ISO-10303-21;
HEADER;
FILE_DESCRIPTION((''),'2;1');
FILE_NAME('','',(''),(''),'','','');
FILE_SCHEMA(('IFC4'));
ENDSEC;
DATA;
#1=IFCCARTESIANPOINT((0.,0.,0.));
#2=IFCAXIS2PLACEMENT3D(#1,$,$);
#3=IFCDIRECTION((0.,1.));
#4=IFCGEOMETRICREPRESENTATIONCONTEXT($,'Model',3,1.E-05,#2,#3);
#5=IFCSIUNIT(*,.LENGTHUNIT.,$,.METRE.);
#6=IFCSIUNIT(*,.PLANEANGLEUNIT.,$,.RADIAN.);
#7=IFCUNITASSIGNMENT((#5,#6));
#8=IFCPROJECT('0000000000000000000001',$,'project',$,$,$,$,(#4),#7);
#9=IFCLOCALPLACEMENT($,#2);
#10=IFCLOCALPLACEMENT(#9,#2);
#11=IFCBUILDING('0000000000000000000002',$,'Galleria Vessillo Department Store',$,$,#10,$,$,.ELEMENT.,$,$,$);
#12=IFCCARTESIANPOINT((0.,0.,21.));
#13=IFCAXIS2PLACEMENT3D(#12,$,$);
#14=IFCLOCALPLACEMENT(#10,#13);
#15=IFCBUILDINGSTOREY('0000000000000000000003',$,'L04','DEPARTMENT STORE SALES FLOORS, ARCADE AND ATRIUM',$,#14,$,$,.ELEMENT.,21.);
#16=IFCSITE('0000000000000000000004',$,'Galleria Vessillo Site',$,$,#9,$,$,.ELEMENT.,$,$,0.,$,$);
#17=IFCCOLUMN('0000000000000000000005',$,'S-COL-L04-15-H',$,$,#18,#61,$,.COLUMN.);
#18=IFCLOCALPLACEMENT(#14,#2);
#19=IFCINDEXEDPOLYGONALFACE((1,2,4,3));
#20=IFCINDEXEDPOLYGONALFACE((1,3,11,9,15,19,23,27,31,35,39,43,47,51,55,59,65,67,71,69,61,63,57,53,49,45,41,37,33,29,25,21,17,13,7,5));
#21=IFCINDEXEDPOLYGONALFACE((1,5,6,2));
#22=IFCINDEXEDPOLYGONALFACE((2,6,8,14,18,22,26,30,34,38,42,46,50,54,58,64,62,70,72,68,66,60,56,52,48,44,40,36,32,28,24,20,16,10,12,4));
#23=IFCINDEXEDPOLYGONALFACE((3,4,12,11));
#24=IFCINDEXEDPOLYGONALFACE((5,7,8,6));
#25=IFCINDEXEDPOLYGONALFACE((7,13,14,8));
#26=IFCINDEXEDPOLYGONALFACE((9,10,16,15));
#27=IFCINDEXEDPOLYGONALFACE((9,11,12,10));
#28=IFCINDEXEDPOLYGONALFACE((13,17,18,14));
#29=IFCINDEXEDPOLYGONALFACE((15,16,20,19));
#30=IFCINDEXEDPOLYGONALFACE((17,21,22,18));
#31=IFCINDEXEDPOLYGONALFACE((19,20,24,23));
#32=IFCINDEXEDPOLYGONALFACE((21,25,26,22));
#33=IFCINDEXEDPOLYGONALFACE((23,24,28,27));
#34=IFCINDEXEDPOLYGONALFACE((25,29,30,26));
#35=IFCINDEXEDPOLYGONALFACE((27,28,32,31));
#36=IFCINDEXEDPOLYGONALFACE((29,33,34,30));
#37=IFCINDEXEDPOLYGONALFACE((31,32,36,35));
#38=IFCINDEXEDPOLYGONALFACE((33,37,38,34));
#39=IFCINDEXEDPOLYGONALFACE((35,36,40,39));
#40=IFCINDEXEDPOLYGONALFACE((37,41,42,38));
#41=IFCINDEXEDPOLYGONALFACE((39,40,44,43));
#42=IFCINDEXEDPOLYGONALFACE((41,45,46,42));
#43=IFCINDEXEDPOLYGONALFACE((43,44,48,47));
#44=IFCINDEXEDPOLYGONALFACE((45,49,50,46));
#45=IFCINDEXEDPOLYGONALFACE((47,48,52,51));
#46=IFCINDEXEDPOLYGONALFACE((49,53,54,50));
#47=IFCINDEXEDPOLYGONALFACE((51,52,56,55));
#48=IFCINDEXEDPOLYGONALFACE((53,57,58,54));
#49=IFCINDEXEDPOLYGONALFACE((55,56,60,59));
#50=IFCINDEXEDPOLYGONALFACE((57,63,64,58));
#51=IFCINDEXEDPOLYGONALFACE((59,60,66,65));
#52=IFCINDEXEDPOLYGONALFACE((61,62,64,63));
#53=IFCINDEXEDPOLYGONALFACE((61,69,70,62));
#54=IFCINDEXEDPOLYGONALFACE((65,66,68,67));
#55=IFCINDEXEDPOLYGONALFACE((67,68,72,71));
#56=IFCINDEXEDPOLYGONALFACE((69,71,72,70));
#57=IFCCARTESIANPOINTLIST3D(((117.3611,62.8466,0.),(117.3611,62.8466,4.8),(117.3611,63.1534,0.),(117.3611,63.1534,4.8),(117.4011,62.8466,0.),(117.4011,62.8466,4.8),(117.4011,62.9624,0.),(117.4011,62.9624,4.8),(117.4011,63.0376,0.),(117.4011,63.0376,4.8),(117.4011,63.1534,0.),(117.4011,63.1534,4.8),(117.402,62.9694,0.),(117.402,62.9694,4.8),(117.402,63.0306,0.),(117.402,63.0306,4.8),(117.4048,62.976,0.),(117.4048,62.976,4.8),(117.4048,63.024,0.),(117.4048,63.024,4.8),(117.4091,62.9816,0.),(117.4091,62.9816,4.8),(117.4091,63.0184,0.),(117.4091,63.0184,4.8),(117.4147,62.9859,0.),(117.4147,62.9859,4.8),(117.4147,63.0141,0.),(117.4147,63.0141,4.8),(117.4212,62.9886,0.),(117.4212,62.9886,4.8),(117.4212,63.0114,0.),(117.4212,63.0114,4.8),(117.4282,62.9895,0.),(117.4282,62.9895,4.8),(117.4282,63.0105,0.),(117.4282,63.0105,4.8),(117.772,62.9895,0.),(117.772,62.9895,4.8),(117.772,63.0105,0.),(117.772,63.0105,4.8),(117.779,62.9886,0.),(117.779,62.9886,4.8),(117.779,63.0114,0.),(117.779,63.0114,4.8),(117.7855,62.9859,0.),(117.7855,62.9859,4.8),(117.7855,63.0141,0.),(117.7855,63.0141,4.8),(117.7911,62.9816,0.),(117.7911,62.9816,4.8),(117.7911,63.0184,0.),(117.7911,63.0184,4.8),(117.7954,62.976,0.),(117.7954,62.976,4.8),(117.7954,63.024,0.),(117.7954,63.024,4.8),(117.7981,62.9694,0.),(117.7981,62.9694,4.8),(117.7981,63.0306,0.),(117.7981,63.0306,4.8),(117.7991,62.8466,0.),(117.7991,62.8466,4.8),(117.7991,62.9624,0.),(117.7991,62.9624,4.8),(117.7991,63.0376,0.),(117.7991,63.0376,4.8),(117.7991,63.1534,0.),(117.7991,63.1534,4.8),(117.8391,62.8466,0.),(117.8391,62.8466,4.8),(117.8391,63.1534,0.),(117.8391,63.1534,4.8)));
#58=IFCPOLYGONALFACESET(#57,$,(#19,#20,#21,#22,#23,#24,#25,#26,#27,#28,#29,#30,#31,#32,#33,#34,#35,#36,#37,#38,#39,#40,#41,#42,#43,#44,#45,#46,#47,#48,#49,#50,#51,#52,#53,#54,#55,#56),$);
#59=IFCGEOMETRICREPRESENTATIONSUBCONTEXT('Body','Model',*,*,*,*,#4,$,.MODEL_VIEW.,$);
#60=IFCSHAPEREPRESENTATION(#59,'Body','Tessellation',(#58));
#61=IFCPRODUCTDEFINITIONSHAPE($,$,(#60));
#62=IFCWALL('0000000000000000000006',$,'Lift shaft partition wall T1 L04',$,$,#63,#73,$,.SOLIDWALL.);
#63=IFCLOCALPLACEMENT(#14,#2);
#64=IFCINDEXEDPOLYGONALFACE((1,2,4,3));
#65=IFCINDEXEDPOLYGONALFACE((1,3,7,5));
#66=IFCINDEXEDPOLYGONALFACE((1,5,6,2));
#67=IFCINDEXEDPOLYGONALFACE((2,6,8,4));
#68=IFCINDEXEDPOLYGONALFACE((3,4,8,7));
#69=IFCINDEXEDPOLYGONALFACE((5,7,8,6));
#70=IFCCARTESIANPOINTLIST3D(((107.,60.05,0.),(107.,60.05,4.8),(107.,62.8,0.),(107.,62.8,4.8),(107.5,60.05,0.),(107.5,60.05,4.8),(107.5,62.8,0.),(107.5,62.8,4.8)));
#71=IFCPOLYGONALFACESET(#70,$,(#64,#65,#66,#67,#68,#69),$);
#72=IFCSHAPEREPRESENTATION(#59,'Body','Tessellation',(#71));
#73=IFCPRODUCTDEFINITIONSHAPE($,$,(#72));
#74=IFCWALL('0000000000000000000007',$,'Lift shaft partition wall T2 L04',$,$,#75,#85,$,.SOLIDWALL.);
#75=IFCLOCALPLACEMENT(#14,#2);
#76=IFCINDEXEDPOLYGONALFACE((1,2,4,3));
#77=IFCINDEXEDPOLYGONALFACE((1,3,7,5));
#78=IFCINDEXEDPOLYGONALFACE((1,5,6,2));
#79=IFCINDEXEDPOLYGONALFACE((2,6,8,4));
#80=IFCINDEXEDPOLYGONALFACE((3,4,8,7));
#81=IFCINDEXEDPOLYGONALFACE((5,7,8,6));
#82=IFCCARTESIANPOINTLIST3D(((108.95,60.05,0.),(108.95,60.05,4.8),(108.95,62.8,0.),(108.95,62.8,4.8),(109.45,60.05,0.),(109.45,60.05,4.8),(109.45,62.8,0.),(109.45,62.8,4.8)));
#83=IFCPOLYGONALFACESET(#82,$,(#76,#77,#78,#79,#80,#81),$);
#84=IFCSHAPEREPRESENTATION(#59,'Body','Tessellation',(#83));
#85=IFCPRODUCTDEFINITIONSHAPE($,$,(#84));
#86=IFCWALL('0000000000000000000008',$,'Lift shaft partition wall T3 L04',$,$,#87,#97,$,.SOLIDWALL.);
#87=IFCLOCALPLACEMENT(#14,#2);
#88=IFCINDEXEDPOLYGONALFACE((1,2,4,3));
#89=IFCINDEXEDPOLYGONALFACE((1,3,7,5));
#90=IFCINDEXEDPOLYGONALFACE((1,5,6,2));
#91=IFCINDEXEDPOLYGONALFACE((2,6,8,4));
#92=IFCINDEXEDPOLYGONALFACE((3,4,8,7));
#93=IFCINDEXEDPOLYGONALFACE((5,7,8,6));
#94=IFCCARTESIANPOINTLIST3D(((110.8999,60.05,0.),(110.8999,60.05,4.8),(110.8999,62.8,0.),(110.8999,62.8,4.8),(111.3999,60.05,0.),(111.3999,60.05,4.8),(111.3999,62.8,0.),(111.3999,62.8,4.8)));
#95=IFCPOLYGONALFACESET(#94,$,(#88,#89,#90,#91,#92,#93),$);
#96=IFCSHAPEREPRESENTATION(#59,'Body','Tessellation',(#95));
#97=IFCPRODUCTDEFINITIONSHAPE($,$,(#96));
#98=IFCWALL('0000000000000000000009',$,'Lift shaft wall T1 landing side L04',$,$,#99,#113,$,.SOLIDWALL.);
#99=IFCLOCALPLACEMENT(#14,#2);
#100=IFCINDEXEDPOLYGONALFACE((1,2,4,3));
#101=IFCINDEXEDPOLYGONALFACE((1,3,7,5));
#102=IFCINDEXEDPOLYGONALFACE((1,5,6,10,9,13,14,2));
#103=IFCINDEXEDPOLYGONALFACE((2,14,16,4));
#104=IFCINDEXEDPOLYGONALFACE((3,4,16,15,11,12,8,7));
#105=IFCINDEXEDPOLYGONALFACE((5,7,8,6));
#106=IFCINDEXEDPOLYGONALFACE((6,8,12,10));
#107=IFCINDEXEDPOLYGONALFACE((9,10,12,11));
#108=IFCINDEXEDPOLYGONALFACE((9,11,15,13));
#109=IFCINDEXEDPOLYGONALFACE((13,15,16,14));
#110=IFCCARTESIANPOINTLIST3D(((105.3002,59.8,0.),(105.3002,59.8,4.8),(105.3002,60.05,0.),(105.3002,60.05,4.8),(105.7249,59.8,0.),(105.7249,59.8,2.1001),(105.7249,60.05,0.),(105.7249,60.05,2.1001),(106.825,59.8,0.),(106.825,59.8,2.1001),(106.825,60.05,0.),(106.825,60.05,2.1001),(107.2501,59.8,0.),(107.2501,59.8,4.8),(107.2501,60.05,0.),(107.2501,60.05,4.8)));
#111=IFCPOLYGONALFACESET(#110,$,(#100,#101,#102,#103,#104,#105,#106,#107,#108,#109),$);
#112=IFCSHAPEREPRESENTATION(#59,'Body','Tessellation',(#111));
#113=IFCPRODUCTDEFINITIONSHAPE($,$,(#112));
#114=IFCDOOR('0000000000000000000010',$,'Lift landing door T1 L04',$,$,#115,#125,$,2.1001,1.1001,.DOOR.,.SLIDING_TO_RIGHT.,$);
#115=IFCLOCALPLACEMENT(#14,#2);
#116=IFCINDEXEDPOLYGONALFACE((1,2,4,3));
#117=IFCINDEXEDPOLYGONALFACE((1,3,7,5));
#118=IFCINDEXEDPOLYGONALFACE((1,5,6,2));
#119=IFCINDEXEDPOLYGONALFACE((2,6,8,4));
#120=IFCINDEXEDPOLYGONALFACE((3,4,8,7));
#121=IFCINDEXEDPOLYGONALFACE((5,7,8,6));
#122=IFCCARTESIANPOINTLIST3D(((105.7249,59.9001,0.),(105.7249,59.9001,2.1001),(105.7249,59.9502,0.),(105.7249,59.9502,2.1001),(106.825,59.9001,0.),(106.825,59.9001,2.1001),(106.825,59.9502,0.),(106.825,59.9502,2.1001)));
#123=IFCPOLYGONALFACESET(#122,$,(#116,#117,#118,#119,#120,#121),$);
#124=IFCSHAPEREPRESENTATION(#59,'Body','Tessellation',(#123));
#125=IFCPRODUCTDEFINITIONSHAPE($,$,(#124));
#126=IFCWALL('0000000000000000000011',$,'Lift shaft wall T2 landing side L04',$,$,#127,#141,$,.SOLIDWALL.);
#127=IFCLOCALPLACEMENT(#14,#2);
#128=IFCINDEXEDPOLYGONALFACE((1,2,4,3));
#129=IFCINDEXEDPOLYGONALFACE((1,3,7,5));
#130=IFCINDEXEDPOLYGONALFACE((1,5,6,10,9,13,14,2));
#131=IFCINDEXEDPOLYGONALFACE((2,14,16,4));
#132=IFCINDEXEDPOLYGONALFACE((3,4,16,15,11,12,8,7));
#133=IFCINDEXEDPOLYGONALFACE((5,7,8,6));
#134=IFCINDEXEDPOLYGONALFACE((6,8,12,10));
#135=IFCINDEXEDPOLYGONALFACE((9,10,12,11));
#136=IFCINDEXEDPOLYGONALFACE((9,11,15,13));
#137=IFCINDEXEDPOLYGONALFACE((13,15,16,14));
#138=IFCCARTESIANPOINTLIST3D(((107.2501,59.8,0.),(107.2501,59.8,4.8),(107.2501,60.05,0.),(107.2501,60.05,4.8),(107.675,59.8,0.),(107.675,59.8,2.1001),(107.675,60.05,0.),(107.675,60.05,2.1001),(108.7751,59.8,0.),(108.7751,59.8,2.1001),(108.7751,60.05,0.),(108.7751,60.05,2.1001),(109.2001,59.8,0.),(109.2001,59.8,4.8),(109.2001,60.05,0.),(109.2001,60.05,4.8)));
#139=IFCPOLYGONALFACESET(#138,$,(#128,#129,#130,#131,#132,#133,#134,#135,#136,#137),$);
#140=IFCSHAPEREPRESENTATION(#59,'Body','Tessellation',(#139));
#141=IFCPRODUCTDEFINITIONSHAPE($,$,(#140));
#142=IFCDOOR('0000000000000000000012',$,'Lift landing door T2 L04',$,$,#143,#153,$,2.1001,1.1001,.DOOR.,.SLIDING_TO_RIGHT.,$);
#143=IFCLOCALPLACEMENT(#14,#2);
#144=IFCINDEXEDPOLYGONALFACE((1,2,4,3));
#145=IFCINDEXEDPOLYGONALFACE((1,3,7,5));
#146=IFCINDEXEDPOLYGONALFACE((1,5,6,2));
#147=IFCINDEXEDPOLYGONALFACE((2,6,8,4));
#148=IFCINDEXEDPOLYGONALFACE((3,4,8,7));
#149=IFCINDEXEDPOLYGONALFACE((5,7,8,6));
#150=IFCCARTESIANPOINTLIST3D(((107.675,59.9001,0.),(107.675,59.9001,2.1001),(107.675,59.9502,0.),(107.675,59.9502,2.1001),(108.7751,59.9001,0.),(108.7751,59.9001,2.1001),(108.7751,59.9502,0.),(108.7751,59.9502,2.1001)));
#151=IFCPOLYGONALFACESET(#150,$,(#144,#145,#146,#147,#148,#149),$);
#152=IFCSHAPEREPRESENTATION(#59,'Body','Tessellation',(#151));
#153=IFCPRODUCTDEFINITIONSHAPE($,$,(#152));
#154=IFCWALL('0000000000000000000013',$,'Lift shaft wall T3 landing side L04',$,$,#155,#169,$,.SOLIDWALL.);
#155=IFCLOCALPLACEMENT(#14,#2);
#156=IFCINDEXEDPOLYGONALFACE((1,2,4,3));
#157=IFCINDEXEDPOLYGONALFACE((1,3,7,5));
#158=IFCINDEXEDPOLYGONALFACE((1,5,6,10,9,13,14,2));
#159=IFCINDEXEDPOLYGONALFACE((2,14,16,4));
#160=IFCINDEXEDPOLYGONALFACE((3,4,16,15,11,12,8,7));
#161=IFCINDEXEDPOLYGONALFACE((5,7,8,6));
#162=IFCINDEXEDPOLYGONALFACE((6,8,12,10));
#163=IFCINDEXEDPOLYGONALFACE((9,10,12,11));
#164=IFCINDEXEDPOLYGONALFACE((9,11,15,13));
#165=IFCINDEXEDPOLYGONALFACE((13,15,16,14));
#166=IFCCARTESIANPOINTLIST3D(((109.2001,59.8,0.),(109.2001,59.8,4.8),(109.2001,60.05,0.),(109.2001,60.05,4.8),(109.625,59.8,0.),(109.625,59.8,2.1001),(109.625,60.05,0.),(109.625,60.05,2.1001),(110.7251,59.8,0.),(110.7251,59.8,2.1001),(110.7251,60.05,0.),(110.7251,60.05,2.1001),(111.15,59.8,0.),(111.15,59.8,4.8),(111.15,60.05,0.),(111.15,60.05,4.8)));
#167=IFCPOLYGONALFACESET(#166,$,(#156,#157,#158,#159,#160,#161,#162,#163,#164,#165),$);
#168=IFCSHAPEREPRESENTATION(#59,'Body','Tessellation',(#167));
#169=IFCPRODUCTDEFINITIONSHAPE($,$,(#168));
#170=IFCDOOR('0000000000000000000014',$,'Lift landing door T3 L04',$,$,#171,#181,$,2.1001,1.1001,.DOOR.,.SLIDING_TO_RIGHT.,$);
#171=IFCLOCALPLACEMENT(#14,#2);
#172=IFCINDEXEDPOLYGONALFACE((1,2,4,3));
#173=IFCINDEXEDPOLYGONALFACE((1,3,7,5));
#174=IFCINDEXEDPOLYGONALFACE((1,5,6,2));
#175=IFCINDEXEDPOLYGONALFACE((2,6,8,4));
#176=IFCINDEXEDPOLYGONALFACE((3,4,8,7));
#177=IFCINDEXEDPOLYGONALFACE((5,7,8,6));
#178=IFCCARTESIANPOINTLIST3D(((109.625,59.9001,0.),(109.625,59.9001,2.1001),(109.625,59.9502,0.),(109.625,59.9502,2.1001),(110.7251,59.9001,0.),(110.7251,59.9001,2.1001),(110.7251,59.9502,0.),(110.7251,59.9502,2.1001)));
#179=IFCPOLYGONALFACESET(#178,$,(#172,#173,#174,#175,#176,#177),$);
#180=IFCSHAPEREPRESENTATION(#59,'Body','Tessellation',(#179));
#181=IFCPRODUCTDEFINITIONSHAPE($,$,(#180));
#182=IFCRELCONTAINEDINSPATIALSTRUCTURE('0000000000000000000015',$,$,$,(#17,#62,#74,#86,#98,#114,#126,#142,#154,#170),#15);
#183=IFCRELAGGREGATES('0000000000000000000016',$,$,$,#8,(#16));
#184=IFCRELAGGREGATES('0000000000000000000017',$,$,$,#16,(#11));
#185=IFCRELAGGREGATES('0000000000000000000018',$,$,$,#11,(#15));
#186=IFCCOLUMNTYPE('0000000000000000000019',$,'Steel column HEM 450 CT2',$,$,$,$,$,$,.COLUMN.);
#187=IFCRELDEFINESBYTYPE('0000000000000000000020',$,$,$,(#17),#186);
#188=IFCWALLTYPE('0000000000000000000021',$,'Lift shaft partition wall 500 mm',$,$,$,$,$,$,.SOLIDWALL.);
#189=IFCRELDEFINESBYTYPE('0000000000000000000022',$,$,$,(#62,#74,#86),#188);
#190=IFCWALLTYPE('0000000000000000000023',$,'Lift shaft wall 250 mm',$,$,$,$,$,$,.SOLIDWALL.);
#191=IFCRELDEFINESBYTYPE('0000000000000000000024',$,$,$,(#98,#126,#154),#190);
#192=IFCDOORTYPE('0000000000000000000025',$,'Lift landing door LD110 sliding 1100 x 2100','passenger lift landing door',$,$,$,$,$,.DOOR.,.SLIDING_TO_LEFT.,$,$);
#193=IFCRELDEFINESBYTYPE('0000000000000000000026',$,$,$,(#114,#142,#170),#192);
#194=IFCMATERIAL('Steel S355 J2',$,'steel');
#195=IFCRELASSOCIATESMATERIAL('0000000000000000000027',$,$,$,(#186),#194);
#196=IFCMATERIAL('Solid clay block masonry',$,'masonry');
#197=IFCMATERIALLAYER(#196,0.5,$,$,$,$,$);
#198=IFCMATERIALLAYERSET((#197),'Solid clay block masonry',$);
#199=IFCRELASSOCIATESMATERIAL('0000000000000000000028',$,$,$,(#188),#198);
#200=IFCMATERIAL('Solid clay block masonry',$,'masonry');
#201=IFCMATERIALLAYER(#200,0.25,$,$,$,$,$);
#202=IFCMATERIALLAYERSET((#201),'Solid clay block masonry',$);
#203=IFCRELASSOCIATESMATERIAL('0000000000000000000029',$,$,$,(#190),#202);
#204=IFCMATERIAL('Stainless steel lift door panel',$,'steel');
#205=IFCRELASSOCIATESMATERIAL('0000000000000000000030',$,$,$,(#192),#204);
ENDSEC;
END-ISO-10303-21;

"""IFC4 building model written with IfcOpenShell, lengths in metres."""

from ifc_helpers import new_model, si_unit, direction, frame, frame_2d, origin, origin_2d, place, context, subcontext, project, spatial, rectangle, i_section, extrude, material, layer, layer_set, material_profile, profile_set, type_object, element, fill, save


model = new_model("IFC4")

# Units and contexts
model_context = context("Model", 3, precision=1e-05, world=origin(), true_north=direction((0.0, 1.0)))
body_context = subcontext(model_context, "Body", "Model", "MODEL_VIEW")
ifc_project = project(units=[si_unit("LENGTHUNIT", "METRE"), si_unit("PLANEANGLEUNIT", "RADIAN")], contexts=[model_context])

# Site, building, storey
site_placement = place(None, origin())
site = spatial("IfcSite", under=ifc_project, at=site_placement, Name="Galleria Vessillo Site", CompositionType="ELEMENT", RefElevation=0.0)
building_placement = place(site_placement, origin())
building = spatial("IfcBuilding", under=site, at=building_placement, Name="Galleria Vessillo Department Store", CompositionType="ELEMENT")
storey_placement = place(building_placement, frame((0.0, 0.0, 21.0)))
storey = spatial("IfcBuildingStorey", under=building, at=storey_placement, Name="L04", Description="DEPARTMENT STORE SALES FLOORS, ARCADE AND ATRIUM", CompositionType="ELEMENT", Elevation=21.0)

# Column
ifc_material_1 = material(Name="Steel S355 J2", Category="steel")
ifc_material_profile = material_profile(ifc_material_1, i_section(OverallWidth=0.3069, OverallDepth=0.478, WebThickness=0.021, FlangeThickness=0.04, FilletRadius=0.0271, at=origin_2d()), Name="HEM 450")
ifc_profile_set = profile_set([ifc_material_profile], Name="Steel S355 J2")
column_type = type_object("IfcColumnType", Name="Steel column HEM 450 CT2", PredefinedType="COLUMN", material=ifc_profile_set)
column_placement = place(storey_placement, frame((117.6001, 63.0, 0.0), z_axis=(0.0, 0.0, 1.0), x_axis=(0.0, 1.0, 0.0)))
element("IfcColumn", 1, at=column_placement, inside=storey, type_object=column_type, Name="S-COL-L04-15-H", PredefinedType="COLUMN", context=body_context, shape_type="SweptSolid", body=[
    extrude(i_section(OverallWidth=0.3069, OverallDepth=0.478, WebThickness=0.021, FlangeThickness=0.04, FilletRadius=0.0271, at=origin_2d()), origin(), (0.0, 0.0, 1.0), 4.8),
])

# Walls
ifc_material_2 = material(Name="Solid clay block masonry", Category="masonry")
ifc_layer_1 = layer(ifc_material_2, 0.5)
ifc_layer_set_1 = layer_set([ifc_layer_1], Name="Solid clay block masonry")
wall_type_1 = type_object("IfcWallType", Name="Lift shaft partition wall 500 mm", PredefinedType="SOLIDWALL", material=ifc_layer_set_1)
for number, where, z_axis, x_axis, name in (
    (2, (107.25, 62.8, 0.0), (0.0, 0.0, 1.0), (0.0, -1.0, 0.0), "Lift shaft partition wall T1 L04"),
    (3, (109.2, 62.8, 0.0), (0.0, 0.0, 1.0), (0.0, -1.0, 0.0), "Lift shaft partition wall T2 L04"),
    (4, (111.1499, 62.8, 0.0), (0.0, 0.0, 1.0), (0.0, -1.0, 0.0), "Lift shaft partition wall T3 L04"),
):
    element("IfcWall", number, at=place(storey_placement, frame(where, z_axis=z_axis, x_axis=x_axis)), inside=storey, type_object=wall_type_1, Name=name, PredefinedType="SOLIDWALL", context=body_context, shape_type="SweptSolid", body=[
        extrude(rectangle(XDim=2.75, YDim=0.5, at=frame_2d((1.375, 0.0))), origin(), (0.0, 0.0, 1.0), 4.8),
    ])

# Walls, openings, doors
ifc_material_3 = material(Name="Solid clay block masonry", Category="masonry")
ifc_layer_2 = layer(ifc_material_3, 0.25)
ifc_layer_set_2 = layer_set([ifc_layer_2], Name="Solid clay block masonry")
wall_type_2 = type_object("IfcWallType", Name="Lift shaft wall 250 mm", PredefinedType="SOLIDWALL", material=ifc_layer_set_2)
wall_1_placement = place(storey_placement, frame((105.3, 59.925, 0.0), z_axis=(0.0, 0.0, 1.0), x_axis=(1.0, 0.0, 0.0)))
wall_1 = element("IfcWall", 5, at=wall_1_placement, inside=storey, type_object=wall_type_2, Name="Lift shaft wall T1 landing side L04", PredefinedType="SOLIDWALL", context=body_context, shape_type="SweptSolid", body=[
    extrude(rectangle(XDim=1.95, YDim=0.25, at=frame_2d((0.9751, 0.0))), origin(), (0.0, 0.0, 1.0), 4.8),
])
opening_1_placement = place(wall_1_placement, frame((0.4248, 0.0, 0.0)))
opening_1 = element("IfcOpeningElement", 6, at=opening_1_placement, cuts=wall_1, PredefinedType="OPENING", context=body_context, shape_type="SweptSolid", body=[
    extrude(rectangle(XDim=1.1001, YDim=2.1001, at=frame_2d((0.55, 1.05))), frame((0.0, 0.135, 0.0), z_axis=(0.0, -1.0, 0.0), x_axis=(1.0, 0.0, 0.0)), (0.0, 0.0, 1.0), 0.27),
])
ifc_material_4 = material(Name="Stainless steel lift door panel", Category="steel")
door_type = type_object("IfcDoorType", Name="Lift landing door LD110 sliding 1100 x 2100", Description="passenger lift landing door", OperationType="SLIDING_TO_LEFT", PredefinedType="DOOR", material=ifc_material_4)
door_1_placement = place(opening_1_placement, frame((1.1001, 0.0, 0.0), z_axis=(0.0, 0.0, 1.0), x_axis=(-1.0, 0.0, 0.0)))
door_1 = element("IfcDoor", 7, at=door_1_placement, inside=storey, type_object=door_type, Name="Lift landing door T1 L04", OperationType="SLIDING_TO_RIGHT", OverallHeight=2.1001, OverallWidth=1.1001, PredefinedType="DOOR", context=body_context, shape_type="SweptSolid", body=[
    extrude(rectangle(XDim=1.1001, YDim=2.1001, at=frame_2d((0.55, 1.05))), frame((0.0, 0.0249, 0.0), z_axis=(0.0, -1.0, 0.0), x_axis=(1.0, 0.0, 0.0)), (0.0, 0.0, 1.0), 0.05),
])
fill(opening_1, door_1)
wall_2_placement = place(storey_placement, frame((107.25, 59.925, 0.0), z_axis=(0.0, 0.0, 1.0), x_axis=(1.0, 0.0, 0.0)))
wall_2 = element("IfcWall", 8, at=wall_2_placement, inside=storey, type_object=wall_type_2, Name="Lift shaft wall T2 landing side L04", PredefinedType="SOLIDWALL", context=body_context, shape_type="SweptSolid", body=[
    extrude(rectangle(XDim=1.95, YDim=0.25, at=frame_2d((0.9751, 0.0))), origin(), (0.0, 0.0, 1.0), 4.8),
])
opening_2_placement = place(wall_2_placement, frame((0.425, 0.0, 0.0)))
opening_2 = element("IfcOpeningElement", 9, at=opening_2_placement, cuts=wall_2, PredefinedType="OPENING", context=body_context, shape_type="SweptSolid", body=[
    extrude(rectangle(XDim=1.1001, YDim=2.1001, at=frame_2d((0.55, 1.05))), frame((0.0, 0.135, 0.0), z_axis=(0.0, -1.0, 0.0), x_axis=(1.0, 0.0, 0.0)), (0.0, 0.0, 1.0), 0.27),
])
door_2_placement = place(opening_2_placement, frame((1.1001, 0.0, 0.0), z_axis=(0.0, 0.0, 1.0), x_axis=(-1.0, 0.0, 0.0)))
door_2 = element("IfcDoor", 10, at=door_2_placement, inside=storey, type_object=door_type, Name="Lift landing door T2 L04", OperationType="SLIDING_TO_RIGHT", OverallHeight=2.1001, OverallWidth=1.1001, PredefinedType="DOOR", context=body_context, shape_type="SweptSolid", body=[
    extrude(rectangle(XDim=1.1001, YDim=2.1001, at=frame_2d((0.55, 1.05))), frame((0.0, 0.0249, 0.0), z_axis=(0.0, -1.0, 0.0), x_axis=(1.0, 0.0, 0.0)), (0.0, 0.0, 1.0), 0.05),
])
fill(opening_2, door_2)
wall_3_placement = place(storey_placement, frame((109.2, 59.925, 0.0), z_axis=(0.0, 0.0, 1.0), x_axis=(1.0, 0.0, 0.0)))
wall_3 = element("IfcWall", 11, at=wall_3_placement, inside=storey, type_object=wall_type_2, Name="Lift shaft wall T3 landing side L04", PredefinedType="SOLIDWALL", context=body_context, shape_type="SweptSolid", body=[
    extrude(rectangle(XDim=1.95, YDim=0.25, at=frame_2d((0.9751, 0.0))), origin(), (0.0, 0.0, 1.0), 4.8),
])
opening_3_placement = place(wall_3_placement, frame((0.425, 0.0, 0.0)))
opening_3 = element("IfcOpeningElement", 12, at=opening_3_placement, cuts=wall_3, PredefinedType="OPENING", context=body_context, shape_type="SweptSolid", body=[
    extrude(rectangle(XDim=1.1001, YDim=2.1001, at=frame_2d((0.55, 1.05))), frame((0.0, 0.135, 0.0), z_axis=(0.0, -1.0, 0.0), x_axis=(1.0, 0.0, 0.0)), (0.0, 0.0, 1.0), 0.27),
])
door_3_placement = place(opening_3_placement, frame((1.1001, 0.0, 0.0), z_axis=(0.0, 0.0, 1.0), x_axis=(-1.0, 0.0, 0.0)))
door_3 = element("IfcDoor", 13, at=door_3_placement, inside=storey, type_object=door_type, Name="Lift landing door T3 L04", OperationType="SLIDING_TO_RIGHT", OverallHeight=2.1001, OverallWidth=1.1001, PredefinedType="DOOR", context=body_context, shape_type="SweptSolid", body=[
    extrude(rectangle(XDim=1.1001, YDim=2.1001, at=frame_2d((0.55, 1.05))), frame((0.0, 0.0249, 0.0), z_axis=(0.0, -1.0, 0.0), x_axis=(1.0, 0.0, 0.0)), (0.0, 0.0, 1.0), 0.05),
])
fill(opening_3, door_3)

save(model, "model.ifc")
